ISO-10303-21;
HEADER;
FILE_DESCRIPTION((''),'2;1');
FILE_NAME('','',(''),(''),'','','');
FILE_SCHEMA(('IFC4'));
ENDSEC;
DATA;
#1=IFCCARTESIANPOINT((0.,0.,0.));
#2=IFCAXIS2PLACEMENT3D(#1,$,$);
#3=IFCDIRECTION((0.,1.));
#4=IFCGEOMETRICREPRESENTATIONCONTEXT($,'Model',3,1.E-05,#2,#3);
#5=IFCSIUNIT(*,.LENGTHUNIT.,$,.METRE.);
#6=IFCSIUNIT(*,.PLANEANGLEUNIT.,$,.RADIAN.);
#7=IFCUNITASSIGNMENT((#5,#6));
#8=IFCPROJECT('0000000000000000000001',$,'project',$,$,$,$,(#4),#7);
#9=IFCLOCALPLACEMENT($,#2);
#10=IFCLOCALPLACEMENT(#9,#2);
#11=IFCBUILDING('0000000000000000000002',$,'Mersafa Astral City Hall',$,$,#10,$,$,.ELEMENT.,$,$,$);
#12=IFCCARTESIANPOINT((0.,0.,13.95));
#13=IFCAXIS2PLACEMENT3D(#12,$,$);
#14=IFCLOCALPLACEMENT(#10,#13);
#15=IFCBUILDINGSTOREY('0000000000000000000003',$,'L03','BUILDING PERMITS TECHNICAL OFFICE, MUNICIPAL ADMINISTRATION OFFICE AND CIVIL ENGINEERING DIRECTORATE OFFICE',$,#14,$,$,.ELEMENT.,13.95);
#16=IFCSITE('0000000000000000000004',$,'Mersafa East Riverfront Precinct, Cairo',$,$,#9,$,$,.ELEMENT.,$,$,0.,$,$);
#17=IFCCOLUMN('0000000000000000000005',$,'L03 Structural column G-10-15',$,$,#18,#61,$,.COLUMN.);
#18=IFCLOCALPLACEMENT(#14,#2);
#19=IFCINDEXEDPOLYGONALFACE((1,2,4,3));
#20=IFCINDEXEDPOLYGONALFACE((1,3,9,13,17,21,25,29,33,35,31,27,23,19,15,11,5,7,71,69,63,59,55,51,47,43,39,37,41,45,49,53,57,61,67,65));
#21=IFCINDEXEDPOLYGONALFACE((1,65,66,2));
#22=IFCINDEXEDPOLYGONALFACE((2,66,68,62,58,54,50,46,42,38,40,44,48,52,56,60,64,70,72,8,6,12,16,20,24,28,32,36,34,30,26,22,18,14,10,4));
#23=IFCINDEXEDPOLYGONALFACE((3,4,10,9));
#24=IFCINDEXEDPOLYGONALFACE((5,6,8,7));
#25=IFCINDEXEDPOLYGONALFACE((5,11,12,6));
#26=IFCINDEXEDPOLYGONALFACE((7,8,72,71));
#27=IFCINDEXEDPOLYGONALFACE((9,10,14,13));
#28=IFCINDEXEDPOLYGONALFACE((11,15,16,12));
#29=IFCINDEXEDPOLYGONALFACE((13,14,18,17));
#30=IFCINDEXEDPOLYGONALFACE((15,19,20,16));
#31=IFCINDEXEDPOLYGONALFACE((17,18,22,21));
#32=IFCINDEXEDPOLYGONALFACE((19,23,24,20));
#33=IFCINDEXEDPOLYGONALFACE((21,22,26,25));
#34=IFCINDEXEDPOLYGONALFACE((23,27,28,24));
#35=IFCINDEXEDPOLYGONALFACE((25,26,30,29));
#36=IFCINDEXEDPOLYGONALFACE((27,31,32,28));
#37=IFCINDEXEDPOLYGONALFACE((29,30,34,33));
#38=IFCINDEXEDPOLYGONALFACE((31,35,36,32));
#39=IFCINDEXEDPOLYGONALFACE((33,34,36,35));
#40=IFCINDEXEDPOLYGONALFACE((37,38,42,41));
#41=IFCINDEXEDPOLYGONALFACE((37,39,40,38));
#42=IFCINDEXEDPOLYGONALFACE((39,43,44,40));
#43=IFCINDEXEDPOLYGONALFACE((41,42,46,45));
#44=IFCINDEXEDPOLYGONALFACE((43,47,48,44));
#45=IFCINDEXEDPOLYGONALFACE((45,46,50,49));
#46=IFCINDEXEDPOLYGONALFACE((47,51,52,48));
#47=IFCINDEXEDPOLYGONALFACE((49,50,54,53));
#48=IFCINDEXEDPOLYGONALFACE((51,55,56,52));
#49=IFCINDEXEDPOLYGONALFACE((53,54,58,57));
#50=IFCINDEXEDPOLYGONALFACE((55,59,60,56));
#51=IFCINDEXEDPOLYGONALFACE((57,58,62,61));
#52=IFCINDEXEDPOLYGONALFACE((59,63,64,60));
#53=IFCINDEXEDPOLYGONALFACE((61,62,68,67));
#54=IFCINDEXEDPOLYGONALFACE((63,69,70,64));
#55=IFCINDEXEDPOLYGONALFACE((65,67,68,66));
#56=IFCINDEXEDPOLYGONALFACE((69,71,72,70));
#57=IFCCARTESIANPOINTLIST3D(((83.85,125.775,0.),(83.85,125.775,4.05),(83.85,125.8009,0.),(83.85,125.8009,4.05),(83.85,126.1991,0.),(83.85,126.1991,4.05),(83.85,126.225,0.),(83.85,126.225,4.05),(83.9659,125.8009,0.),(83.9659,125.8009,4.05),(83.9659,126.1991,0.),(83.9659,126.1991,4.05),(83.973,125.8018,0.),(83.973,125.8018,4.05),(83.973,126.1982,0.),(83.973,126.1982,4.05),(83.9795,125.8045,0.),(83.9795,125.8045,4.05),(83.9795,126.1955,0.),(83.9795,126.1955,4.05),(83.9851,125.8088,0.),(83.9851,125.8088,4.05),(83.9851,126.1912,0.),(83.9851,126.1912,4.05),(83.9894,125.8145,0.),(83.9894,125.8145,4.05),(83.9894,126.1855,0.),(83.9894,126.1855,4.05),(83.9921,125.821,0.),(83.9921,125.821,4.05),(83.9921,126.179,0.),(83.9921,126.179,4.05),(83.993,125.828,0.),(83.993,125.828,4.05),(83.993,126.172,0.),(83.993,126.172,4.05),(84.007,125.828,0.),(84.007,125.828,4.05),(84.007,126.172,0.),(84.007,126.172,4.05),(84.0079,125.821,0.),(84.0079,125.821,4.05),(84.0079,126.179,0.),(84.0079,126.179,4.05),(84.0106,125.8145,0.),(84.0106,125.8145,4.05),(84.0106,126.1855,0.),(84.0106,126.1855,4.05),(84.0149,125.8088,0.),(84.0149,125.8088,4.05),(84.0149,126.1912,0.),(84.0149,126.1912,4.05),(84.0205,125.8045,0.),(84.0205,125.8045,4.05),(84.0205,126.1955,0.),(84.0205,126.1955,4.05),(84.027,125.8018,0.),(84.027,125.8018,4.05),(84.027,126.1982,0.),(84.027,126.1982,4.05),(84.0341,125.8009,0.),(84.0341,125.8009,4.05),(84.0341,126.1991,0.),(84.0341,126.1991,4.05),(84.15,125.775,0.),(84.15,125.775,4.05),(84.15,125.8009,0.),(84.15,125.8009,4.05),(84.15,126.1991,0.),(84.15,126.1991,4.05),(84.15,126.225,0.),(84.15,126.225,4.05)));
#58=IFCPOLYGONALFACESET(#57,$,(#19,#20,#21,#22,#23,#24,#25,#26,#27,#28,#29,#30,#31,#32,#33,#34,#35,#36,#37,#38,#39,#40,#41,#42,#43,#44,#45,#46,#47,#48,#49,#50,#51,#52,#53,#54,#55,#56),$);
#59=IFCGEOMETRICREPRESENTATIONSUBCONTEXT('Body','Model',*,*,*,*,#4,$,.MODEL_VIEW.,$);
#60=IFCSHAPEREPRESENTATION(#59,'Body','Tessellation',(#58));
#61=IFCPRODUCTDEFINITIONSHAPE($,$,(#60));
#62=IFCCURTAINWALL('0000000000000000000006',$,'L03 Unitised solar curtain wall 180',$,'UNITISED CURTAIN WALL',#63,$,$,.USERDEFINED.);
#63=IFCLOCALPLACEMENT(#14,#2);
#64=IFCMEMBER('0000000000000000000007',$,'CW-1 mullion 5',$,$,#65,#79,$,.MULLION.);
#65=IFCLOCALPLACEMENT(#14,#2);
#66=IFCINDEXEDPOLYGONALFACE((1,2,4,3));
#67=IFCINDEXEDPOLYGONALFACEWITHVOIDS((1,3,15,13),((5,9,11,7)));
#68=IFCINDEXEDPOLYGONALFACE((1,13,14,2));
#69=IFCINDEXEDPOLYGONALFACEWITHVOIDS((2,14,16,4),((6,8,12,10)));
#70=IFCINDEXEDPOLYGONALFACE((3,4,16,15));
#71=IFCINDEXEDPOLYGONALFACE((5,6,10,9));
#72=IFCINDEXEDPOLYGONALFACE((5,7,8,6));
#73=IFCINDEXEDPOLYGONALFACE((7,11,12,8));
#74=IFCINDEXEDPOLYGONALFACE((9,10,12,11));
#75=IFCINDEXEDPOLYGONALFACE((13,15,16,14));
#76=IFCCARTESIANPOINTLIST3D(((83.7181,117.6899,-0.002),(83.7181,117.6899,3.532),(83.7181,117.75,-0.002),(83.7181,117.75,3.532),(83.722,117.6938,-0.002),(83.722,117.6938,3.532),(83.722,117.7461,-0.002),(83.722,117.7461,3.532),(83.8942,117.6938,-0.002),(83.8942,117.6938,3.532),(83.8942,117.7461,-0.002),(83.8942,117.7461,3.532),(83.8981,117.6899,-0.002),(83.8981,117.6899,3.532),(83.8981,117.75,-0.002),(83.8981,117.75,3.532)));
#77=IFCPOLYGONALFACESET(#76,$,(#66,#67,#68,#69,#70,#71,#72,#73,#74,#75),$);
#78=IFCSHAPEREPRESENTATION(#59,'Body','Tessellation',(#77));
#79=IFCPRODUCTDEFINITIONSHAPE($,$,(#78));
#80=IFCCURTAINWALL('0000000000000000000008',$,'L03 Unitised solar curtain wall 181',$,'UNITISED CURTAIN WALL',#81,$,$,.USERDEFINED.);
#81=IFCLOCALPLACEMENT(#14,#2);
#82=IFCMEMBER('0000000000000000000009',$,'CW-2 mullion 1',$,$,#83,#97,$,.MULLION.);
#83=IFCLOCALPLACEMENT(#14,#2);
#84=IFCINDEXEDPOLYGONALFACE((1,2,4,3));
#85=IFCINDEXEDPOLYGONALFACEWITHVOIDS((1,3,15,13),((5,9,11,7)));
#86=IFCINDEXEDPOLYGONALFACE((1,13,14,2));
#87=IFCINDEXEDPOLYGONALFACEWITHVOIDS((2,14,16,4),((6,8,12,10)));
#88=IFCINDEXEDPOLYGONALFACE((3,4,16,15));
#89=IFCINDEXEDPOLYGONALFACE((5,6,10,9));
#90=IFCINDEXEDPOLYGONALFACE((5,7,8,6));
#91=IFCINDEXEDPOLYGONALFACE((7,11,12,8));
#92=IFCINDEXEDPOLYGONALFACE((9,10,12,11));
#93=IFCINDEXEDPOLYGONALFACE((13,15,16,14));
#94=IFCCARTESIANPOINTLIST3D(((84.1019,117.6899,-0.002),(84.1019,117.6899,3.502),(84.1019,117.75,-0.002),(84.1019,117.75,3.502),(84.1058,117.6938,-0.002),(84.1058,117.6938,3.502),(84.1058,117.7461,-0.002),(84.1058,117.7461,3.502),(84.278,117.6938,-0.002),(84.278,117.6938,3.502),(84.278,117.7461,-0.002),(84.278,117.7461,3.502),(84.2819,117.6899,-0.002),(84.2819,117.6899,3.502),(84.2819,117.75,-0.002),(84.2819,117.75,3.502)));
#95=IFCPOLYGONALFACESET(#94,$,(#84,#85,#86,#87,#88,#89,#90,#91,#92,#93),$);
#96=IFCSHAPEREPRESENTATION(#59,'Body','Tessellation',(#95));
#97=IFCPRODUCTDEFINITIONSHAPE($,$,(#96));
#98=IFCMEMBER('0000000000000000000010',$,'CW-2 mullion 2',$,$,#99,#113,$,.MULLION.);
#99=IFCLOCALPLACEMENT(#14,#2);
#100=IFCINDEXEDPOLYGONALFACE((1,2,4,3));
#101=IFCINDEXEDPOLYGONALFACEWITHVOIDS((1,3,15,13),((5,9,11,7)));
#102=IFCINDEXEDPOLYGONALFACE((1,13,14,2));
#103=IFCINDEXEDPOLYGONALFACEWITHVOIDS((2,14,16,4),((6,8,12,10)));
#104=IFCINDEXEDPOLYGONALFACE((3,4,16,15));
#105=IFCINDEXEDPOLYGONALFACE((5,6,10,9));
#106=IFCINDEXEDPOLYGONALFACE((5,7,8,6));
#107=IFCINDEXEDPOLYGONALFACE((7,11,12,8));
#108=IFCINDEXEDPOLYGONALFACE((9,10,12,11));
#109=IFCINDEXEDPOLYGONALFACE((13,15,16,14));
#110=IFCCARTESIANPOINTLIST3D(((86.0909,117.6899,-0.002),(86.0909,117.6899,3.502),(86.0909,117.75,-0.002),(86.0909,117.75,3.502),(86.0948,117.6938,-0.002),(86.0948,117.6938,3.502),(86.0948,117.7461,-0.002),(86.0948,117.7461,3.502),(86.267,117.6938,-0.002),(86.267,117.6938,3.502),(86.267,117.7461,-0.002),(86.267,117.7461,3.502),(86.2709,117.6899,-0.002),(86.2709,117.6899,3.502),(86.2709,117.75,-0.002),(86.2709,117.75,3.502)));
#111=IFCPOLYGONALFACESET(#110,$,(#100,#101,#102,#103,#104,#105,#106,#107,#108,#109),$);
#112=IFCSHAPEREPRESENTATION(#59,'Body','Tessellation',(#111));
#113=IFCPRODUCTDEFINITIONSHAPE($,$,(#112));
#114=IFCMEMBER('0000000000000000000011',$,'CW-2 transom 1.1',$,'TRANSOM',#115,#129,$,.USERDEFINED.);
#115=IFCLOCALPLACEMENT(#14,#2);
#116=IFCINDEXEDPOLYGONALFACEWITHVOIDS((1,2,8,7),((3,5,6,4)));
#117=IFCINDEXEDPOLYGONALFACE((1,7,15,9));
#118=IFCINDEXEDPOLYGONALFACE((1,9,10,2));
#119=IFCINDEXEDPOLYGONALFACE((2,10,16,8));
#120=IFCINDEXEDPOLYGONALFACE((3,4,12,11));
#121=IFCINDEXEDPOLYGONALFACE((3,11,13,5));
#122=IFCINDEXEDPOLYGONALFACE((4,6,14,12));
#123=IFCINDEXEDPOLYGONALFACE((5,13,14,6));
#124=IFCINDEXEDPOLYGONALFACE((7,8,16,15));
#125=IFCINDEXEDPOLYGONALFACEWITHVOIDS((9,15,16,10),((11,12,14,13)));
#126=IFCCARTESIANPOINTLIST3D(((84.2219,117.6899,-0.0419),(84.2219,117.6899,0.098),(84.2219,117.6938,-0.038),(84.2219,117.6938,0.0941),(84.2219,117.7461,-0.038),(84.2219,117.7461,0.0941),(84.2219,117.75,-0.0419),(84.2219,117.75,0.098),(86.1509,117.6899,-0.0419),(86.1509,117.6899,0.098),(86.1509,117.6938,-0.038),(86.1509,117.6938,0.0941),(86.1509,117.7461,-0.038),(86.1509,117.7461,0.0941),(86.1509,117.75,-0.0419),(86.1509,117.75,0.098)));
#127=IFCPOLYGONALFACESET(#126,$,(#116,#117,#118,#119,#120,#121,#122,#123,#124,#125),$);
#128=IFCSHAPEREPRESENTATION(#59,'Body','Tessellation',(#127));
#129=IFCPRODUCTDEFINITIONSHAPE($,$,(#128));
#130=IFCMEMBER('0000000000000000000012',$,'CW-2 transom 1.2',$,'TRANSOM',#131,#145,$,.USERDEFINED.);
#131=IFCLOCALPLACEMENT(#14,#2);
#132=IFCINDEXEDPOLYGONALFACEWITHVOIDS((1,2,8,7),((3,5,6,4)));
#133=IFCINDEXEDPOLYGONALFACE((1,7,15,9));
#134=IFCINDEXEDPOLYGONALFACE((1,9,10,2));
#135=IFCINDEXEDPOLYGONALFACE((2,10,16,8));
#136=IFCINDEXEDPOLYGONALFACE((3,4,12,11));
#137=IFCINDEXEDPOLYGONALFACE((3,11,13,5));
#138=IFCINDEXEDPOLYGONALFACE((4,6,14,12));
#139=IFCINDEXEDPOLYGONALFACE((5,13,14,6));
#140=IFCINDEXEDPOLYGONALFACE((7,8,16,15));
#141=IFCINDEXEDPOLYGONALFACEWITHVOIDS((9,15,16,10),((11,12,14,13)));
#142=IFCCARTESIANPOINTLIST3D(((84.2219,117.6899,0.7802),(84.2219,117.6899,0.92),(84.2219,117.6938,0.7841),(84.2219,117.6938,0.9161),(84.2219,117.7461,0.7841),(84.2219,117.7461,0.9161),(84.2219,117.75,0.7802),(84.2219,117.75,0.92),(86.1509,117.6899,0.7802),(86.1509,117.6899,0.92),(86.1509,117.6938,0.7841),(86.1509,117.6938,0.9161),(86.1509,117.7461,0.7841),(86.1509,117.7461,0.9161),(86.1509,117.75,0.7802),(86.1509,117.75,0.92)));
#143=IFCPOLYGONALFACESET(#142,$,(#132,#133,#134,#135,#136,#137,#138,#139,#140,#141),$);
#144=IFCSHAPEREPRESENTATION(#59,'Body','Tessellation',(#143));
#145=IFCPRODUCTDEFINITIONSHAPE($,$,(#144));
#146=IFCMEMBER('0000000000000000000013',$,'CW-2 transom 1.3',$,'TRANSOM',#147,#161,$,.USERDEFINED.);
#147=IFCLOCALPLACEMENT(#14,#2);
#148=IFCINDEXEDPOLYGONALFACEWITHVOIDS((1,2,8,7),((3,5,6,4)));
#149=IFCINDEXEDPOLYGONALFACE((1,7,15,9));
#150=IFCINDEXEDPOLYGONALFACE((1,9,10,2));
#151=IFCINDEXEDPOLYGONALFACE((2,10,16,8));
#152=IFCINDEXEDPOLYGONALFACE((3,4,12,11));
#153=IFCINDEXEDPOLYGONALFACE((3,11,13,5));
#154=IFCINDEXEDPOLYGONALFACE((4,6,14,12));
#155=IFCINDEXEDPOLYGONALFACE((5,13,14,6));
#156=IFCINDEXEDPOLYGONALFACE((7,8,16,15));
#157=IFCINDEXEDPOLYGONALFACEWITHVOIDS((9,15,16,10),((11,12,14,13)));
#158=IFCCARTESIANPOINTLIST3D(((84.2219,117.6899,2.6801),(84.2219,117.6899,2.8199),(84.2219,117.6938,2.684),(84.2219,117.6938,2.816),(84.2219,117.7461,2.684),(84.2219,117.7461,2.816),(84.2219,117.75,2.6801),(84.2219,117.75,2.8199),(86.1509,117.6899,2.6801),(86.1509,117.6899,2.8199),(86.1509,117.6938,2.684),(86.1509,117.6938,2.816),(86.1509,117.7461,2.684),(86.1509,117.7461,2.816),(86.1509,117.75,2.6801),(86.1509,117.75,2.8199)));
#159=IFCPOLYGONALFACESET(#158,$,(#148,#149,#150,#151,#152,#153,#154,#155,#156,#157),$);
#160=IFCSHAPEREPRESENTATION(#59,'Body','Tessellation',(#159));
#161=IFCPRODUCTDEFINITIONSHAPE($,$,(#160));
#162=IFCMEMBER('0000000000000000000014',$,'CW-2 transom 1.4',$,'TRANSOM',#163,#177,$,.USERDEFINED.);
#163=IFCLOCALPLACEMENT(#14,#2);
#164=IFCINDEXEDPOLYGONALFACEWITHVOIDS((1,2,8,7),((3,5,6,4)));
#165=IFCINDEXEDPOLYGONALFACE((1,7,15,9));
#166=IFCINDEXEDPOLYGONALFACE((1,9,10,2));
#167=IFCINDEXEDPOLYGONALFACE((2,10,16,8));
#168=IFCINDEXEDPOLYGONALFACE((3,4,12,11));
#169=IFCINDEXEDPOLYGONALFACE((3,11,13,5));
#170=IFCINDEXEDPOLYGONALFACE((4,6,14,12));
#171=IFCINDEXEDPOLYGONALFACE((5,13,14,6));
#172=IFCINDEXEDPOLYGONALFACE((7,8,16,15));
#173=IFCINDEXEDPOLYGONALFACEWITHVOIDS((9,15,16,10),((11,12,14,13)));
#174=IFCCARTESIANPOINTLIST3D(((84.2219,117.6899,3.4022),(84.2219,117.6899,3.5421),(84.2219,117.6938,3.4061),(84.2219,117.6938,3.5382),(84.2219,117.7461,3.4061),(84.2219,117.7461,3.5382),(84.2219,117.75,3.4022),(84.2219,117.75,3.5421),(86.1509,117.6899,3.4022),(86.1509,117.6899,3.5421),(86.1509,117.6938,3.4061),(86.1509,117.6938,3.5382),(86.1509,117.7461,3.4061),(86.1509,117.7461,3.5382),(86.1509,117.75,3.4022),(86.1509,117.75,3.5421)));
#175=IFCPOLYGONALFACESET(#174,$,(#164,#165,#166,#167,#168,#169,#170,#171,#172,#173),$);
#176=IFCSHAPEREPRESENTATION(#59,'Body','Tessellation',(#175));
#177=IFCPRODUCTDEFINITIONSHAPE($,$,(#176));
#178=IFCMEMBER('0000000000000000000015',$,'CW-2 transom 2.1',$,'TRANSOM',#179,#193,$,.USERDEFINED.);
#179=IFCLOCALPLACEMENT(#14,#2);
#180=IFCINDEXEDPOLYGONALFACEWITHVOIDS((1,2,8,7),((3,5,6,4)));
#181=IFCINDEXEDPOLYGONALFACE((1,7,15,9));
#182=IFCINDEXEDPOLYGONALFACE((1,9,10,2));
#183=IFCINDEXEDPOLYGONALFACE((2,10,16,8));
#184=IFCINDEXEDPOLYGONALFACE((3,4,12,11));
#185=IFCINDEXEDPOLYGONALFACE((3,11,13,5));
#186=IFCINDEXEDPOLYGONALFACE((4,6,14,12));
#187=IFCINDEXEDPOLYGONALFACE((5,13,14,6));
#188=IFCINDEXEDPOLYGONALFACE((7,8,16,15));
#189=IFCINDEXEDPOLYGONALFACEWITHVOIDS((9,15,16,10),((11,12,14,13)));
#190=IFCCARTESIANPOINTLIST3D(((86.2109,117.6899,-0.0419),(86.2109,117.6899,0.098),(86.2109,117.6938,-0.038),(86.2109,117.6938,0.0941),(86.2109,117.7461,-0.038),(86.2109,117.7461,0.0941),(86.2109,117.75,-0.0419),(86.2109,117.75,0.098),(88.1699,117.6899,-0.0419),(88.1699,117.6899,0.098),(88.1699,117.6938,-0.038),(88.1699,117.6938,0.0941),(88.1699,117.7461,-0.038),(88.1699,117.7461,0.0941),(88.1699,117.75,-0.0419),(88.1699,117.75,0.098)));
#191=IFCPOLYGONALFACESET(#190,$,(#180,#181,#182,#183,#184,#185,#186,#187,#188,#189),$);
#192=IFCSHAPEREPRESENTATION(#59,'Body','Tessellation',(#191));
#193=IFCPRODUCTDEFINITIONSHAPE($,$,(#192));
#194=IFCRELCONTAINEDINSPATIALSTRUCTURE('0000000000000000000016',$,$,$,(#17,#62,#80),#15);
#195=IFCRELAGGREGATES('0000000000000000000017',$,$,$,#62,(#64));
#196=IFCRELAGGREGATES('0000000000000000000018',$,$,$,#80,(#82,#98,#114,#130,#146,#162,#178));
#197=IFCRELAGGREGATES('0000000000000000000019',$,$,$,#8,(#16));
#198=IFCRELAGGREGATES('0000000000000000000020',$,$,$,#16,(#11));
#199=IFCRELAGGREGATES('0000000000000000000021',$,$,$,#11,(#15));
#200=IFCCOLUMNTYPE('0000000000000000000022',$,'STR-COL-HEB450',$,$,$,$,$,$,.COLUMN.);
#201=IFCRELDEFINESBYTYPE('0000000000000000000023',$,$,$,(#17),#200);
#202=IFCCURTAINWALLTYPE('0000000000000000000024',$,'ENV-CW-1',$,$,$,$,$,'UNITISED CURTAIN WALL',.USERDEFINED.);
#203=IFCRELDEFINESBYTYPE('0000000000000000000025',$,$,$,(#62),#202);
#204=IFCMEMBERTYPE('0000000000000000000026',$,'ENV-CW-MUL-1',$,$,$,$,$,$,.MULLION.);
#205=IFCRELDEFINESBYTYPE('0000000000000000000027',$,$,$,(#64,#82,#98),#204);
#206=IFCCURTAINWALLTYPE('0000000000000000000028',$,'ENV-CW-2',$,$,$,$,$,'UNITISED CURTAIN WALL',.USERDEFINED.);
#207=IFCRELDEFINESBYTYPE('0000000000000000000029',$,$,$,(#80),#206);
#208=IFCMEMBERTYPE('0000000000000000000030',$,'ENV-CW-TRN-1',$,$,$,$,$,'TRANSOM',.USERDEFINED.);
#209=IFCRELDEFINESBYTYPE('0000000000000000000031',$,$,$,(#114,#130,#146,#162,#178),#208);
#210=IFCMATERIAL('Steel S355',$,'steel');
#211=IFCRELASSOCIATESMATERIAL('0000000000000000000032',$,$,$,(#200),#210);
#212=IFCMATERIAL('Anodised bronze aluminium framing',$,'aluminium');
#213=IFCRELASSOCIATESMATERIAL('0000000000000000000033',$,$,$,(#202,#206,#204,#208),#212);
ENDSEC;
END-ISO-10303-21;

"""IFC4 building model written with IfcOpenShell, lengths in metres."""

from ifc_helpers import new_model, si_unit, direction, frame, origin, origin_2d, place, context, subcontext, project, spatial, hollow_rectangle, i_section, extrude, material, material_profile, profile_set, type_object, element, aggregate, save


model = new_model("IFC4")

# Units and contexts
model_context = context("Model", 3, precision=1e-05, world=origin(), true_north=direction((0.0, 1.0)))
body_context = subcontext(model_context, "Body", "Model", "MODEL_VIEW")
ifc_project = project(units=[si_unit("LENGTHUNIT", "METRE"), si_unit("PLANEANGLEUNIT", "RADIAN")], contexts=[model_context])

# Site, building, storey
site_placement = place(None, origin())
site = spatial("IfcSite", under=ifc_project, at=site_placement, Name="Mersafa East Riverfront Precinct, Cairo", CompositionType="ELEMENT", RefElevation=0.0)
building_placement = place(site_placement, origin())
building = spatial("IfcBuilding", under=site, at=building_placement, Name="Mersafa Astral City Hall", CompositionType="ELEMENT")
storey_placement = place(building_placement, frame((0.0, 0.0, 13.95)))
storey = spatial("IfcBuildingStorey", under=building, at=storey_placement, Name="L03", Description="BUILDING PERMITS TECHNICAL OFFICE, MUNICIPAL ADMINISTRATION OFFICE AND CIVIL ENGINEERING DIRECTORATE OFFICE", CompositionType="ELEMENT", Elevation=13.95)

# Column
ifc_material_1 = material(Name="Steel S355", Category="steel")
ifc_material_profile_1 = material_profile(ifc_material_1, i_section(OverallWidth=0.3, OverallDepth=0.45, WebThickness=0.0139, FlangeThickness=0.0259, FilletRadius=0.0271, at=origin_2d()), Name="HEB 450")
ifc_profile_set_1 = profile_set([ifc_material_profile_1], Name="Steel S355")
column_type = type_object("IfcColumnType", Name="STR-COL-HEB450", PredefinedType="COLUMN", material=ifc_profile_set_1)
column_placement = place(storey_placement, frame((84.0, 126.0, 0.0), z_axis=(0.0, 0.0, 1.0), x_axis=(1.0, 0.0, 0.0)))
element("IfcColumn", 1, at=column_placement, inside=storey, type_object=column_type, Name="L03 Structural column G-10-15", PredefinedType="COLUMN", context=body_context, shape_type="SweptSolid", body=[
    extrude(i_section(OverallWidth=0.3, OverallDepth=0.45, WebThickness=0.0139, FlangeThickness=0.0259, FilletRadius=0.0271, at=origin_2d()), origin(), (0.0, 0.0, 1.0), 4.05),
])

# Curtain wall, member
ifc_material_2 = material(Name="Anodised bronze aluminium framing", Category="aluminium")
curtain_wall_type_1 = type_object("IfcCurtainWallType", Name="ENV-CW-1", ElementType="UNITISED CURTAIN WALL", PredefinedType="USERDEFINED", material=ifc_material_2)
curtain_wall_1_placement = place(storey_placement, origin())
curtain_wall_1 = element("IfcCurtainWall", 2, at=curtain_wall_1_placement, inside=storey, type_object=curtain_wall_type_1, Name="L03 Unitised solar curtain wall 180", ObjectType="UNITISED CURTAIN WALL", PredefinedType="USERDEFINED")
ifc_material_profile_2 = material_profile(ifc_material_2, hollow_rectangle(XDim=0.0601, YDim=0.1799, WallThickness=0.0039, at=origin_2d()), Name="RHS 60x180x4")
ifc_profile_set_2 = profile_set([ifc_material_profile_2], Name="Anodised bronze aluminium framing")
member_type_1 = type_object("IfcMemberType", Name="ENV-CW-MUL-1", PredefinedType="MULLION", material=ifc_profile_set_2)
member_1_placement = place(storey_placement, frame((83.8081, 117.72, -0.002), z_axis=(0.0, 0.0, 1.0), x_axis=(0.0, 1.0, 0.0)))
member_1 = element("IfcMember", 3, at=member_1_placement, type_object=member_type_1, Name="CW-1 mullion 5", PredefinedType="MULLION", context=body_context, shape_type="SweptSolid", body=[
    extrude(hollow_rectangle(XDim=0.0601, YDim=0.1799, WallThickness=0.0039, at=origin_2d()), origin(), (0.0, 0.0, 1.0), 3.5339),
])
aggregate(curtain_wall_1, [member_1])

# Curtain wall, members
curtain_wall_type_2 = type_object("IfcCurtainWallType", Name="ENV-CW-2", ElementType="UNITISED CURTAIN WALL", PredefinedType="USERDEFINED", material=ifc_material_2)
curtain_wall_2_placement = place(storey_placement, origin())
curtain_wall_2 = element("IfcCurtainWall", 4, at=curtain_wall_2_placement, inside=storey, type_object=curtain_wall_type_2, Name="L03 Unitised solar curtain wall 181", ObjectType="UNITISED CURTAIN WALL", PredefinedType="USERDEFINED")
member_2_placement = place(storey_placement, frame((84.1919, 117.72, -0.002), z_axis=(0.0, 0.0, 1.0), x_axis=(0.0, 1.0, 0.0)))
member_2 = element("IfcMember", 5, at=member_2_placement, type_object=member_type_1, Name="CW-2 mullion 1", PredefinedType="MULLION", context=body_context, shape_type="SweptSolid", body=[
    extrude(hollow_rectangle(XDim=0.0601, YDim=0.1799, WallThickness=0.0039, at=origin_2d()), origin(), (0.0, 0.0, 1.0), 3.5039),
])
member_3_placement = place(storey_placement, frame((86.1809, 117.72, -0.002), z_axis=(0.0, 0.0, 1.0), x_axis=(0.0, 1.0, 0.0)))
member_3 = element("IfcMember", 6, at=member_3_placement, type_object=member_type_1, Name="CW-2 mullion 2", PredefinedType="MULLION", context=body_context, shape_type="SweptSolid", body=[
    extrude(hollow_rectangle(XDim=0.0601, YDim=0.1799, WallThickness=0.0039, at=origin_2d()), origin(), (0.0, 0.0, 1.0), 3.5039),
])
ifc_material_profile_3 = material_profile(ifc_material_2, hollow_rectangle(XDim=0.0601, YDim=0.1399, WallThickness=0.0039, at=origin_2d()), Name="RHS 60x140x4")
ifc_profile_set_3 = profile_set([ifc_material_profile_3], Name="Anodised bronze aluminium framing")
member_type_2 = type_object("IfcMemberType", Name="ENV-CW-TRN-1", ElementType="TRANSOM", PredefinedType="USERDEFINED", material=ifc_profile_set_3)
member_4_placement = place(storey_placement, frame((84.2219, 117.72, 0.0281), z_axis=(1.0, 0.0, 0.0), x_axis=(0.0, 1.0, 0.0)))
member_4 = element("IfcMember", 7, at=member_4_placement, type_object=member_type_2, Name="CW-2 transom 1.1", ObjectType="TRANSOM", PredefinedType="USERDEFINED", context=body_context, shape_type="SweptSolid", body=[
    extrude(hollow_rectangle(XDim=0.0601, YDim=0.1399, WallThickness=0.0039, at=origin_2d()), origin(), (0.0, 0.0, 1.0), 1.929),
])
member_5_placement = place(storey_placement, frame((84.2219, 117.72, 0.8501), z_axis=(1.0, 0.0, 0.0), x_axis=(0.0, 1.0, 0.0)))
member_5 = element("IfcMember", 8, at=member_5_placement, type_object=member_type_2, Name="CW-2 transom 1.2", ObjectType="TRANSOM", PredefinedType="USERDEFINED", context=body_context, shape_type="SweptSolid", body=[
    extrude(hollow_rectangle(XDim=0.0601, YDim=0.1399, WallThickness=0.0039, at=origin_2d()), origin(), (0.0, 0.0, 1.0), 1.929),
])
member_6_placement = place(storey_placement, frame((84.2219, 117.72, 2.75), z_axis=(1.0, 0.0, 0.0), x_axis=(0.0, 1.0, 0.0)))
member_6 = element("IfcMember", 9, at=member_6_placement, type_object=member_type_2, Name="CW-2 transom 1.3", ObjectType="TRANSOM", PredefinedType="USERDEFINED", context=body_context, shape_type="SweptSolid", body=[
    extrude(hollow_rectangle(XDim=0.0601, YDim=0.1399, WallThickness=0.0039, at=origin_2d()), origin(), (0.0, 0.0, 1.0), 1.929),
])
member_7_placement = place(storey_placement, frame((84.2219, 117.72, 3.4722), z_axis=(1.0, 0.0, 0.0), x_axis=(0.0, 1.0, 0.0)))
member_7 = element("IfcMember", 10, at=member_7_placement, type_object=member_type_2, Name="CW-2 transom 1.4", ObjectType="TRANSOM", PredefinedType="USERDEFINED", context=body_context, shape_type="SweptSolid", body=[
    extrude(hollow_rectangle(XDim=0.0601, YDim=0.1399, WallThickness=0.0039, at=origin_2d()), origin(), (0.0, 0.0, 1.0), 1.929),
])
member_8_placement = place(storey_placement, frame((86.2109, 117.72, 0.0281), z_axis=(1.0, 0.0, 0.0), x_axis=(0.0, 1.0, 0.0)))
member_8 = element("IfcMember", 11, at=member_8_placement, type_object=member_type_2, Name="CW-2 transom 2.1", ObjectType="TRANSOM", PredefinedType="USERDEFINED", context=body_context, shape_type="SweptSolid", body=[
    extrude(hollow_rectangle(XDim=0.0601, YDim=0.1399, WallThickness=0.0039, at=origin_2d()), origin(), (0.0, 0.0, 1.0), 1.959),
])

aggregate(curtain_wall_2, [member_2, member_3, member_4, member_5, member_6, member_7, member_8])

save(model, "model.ifc")
